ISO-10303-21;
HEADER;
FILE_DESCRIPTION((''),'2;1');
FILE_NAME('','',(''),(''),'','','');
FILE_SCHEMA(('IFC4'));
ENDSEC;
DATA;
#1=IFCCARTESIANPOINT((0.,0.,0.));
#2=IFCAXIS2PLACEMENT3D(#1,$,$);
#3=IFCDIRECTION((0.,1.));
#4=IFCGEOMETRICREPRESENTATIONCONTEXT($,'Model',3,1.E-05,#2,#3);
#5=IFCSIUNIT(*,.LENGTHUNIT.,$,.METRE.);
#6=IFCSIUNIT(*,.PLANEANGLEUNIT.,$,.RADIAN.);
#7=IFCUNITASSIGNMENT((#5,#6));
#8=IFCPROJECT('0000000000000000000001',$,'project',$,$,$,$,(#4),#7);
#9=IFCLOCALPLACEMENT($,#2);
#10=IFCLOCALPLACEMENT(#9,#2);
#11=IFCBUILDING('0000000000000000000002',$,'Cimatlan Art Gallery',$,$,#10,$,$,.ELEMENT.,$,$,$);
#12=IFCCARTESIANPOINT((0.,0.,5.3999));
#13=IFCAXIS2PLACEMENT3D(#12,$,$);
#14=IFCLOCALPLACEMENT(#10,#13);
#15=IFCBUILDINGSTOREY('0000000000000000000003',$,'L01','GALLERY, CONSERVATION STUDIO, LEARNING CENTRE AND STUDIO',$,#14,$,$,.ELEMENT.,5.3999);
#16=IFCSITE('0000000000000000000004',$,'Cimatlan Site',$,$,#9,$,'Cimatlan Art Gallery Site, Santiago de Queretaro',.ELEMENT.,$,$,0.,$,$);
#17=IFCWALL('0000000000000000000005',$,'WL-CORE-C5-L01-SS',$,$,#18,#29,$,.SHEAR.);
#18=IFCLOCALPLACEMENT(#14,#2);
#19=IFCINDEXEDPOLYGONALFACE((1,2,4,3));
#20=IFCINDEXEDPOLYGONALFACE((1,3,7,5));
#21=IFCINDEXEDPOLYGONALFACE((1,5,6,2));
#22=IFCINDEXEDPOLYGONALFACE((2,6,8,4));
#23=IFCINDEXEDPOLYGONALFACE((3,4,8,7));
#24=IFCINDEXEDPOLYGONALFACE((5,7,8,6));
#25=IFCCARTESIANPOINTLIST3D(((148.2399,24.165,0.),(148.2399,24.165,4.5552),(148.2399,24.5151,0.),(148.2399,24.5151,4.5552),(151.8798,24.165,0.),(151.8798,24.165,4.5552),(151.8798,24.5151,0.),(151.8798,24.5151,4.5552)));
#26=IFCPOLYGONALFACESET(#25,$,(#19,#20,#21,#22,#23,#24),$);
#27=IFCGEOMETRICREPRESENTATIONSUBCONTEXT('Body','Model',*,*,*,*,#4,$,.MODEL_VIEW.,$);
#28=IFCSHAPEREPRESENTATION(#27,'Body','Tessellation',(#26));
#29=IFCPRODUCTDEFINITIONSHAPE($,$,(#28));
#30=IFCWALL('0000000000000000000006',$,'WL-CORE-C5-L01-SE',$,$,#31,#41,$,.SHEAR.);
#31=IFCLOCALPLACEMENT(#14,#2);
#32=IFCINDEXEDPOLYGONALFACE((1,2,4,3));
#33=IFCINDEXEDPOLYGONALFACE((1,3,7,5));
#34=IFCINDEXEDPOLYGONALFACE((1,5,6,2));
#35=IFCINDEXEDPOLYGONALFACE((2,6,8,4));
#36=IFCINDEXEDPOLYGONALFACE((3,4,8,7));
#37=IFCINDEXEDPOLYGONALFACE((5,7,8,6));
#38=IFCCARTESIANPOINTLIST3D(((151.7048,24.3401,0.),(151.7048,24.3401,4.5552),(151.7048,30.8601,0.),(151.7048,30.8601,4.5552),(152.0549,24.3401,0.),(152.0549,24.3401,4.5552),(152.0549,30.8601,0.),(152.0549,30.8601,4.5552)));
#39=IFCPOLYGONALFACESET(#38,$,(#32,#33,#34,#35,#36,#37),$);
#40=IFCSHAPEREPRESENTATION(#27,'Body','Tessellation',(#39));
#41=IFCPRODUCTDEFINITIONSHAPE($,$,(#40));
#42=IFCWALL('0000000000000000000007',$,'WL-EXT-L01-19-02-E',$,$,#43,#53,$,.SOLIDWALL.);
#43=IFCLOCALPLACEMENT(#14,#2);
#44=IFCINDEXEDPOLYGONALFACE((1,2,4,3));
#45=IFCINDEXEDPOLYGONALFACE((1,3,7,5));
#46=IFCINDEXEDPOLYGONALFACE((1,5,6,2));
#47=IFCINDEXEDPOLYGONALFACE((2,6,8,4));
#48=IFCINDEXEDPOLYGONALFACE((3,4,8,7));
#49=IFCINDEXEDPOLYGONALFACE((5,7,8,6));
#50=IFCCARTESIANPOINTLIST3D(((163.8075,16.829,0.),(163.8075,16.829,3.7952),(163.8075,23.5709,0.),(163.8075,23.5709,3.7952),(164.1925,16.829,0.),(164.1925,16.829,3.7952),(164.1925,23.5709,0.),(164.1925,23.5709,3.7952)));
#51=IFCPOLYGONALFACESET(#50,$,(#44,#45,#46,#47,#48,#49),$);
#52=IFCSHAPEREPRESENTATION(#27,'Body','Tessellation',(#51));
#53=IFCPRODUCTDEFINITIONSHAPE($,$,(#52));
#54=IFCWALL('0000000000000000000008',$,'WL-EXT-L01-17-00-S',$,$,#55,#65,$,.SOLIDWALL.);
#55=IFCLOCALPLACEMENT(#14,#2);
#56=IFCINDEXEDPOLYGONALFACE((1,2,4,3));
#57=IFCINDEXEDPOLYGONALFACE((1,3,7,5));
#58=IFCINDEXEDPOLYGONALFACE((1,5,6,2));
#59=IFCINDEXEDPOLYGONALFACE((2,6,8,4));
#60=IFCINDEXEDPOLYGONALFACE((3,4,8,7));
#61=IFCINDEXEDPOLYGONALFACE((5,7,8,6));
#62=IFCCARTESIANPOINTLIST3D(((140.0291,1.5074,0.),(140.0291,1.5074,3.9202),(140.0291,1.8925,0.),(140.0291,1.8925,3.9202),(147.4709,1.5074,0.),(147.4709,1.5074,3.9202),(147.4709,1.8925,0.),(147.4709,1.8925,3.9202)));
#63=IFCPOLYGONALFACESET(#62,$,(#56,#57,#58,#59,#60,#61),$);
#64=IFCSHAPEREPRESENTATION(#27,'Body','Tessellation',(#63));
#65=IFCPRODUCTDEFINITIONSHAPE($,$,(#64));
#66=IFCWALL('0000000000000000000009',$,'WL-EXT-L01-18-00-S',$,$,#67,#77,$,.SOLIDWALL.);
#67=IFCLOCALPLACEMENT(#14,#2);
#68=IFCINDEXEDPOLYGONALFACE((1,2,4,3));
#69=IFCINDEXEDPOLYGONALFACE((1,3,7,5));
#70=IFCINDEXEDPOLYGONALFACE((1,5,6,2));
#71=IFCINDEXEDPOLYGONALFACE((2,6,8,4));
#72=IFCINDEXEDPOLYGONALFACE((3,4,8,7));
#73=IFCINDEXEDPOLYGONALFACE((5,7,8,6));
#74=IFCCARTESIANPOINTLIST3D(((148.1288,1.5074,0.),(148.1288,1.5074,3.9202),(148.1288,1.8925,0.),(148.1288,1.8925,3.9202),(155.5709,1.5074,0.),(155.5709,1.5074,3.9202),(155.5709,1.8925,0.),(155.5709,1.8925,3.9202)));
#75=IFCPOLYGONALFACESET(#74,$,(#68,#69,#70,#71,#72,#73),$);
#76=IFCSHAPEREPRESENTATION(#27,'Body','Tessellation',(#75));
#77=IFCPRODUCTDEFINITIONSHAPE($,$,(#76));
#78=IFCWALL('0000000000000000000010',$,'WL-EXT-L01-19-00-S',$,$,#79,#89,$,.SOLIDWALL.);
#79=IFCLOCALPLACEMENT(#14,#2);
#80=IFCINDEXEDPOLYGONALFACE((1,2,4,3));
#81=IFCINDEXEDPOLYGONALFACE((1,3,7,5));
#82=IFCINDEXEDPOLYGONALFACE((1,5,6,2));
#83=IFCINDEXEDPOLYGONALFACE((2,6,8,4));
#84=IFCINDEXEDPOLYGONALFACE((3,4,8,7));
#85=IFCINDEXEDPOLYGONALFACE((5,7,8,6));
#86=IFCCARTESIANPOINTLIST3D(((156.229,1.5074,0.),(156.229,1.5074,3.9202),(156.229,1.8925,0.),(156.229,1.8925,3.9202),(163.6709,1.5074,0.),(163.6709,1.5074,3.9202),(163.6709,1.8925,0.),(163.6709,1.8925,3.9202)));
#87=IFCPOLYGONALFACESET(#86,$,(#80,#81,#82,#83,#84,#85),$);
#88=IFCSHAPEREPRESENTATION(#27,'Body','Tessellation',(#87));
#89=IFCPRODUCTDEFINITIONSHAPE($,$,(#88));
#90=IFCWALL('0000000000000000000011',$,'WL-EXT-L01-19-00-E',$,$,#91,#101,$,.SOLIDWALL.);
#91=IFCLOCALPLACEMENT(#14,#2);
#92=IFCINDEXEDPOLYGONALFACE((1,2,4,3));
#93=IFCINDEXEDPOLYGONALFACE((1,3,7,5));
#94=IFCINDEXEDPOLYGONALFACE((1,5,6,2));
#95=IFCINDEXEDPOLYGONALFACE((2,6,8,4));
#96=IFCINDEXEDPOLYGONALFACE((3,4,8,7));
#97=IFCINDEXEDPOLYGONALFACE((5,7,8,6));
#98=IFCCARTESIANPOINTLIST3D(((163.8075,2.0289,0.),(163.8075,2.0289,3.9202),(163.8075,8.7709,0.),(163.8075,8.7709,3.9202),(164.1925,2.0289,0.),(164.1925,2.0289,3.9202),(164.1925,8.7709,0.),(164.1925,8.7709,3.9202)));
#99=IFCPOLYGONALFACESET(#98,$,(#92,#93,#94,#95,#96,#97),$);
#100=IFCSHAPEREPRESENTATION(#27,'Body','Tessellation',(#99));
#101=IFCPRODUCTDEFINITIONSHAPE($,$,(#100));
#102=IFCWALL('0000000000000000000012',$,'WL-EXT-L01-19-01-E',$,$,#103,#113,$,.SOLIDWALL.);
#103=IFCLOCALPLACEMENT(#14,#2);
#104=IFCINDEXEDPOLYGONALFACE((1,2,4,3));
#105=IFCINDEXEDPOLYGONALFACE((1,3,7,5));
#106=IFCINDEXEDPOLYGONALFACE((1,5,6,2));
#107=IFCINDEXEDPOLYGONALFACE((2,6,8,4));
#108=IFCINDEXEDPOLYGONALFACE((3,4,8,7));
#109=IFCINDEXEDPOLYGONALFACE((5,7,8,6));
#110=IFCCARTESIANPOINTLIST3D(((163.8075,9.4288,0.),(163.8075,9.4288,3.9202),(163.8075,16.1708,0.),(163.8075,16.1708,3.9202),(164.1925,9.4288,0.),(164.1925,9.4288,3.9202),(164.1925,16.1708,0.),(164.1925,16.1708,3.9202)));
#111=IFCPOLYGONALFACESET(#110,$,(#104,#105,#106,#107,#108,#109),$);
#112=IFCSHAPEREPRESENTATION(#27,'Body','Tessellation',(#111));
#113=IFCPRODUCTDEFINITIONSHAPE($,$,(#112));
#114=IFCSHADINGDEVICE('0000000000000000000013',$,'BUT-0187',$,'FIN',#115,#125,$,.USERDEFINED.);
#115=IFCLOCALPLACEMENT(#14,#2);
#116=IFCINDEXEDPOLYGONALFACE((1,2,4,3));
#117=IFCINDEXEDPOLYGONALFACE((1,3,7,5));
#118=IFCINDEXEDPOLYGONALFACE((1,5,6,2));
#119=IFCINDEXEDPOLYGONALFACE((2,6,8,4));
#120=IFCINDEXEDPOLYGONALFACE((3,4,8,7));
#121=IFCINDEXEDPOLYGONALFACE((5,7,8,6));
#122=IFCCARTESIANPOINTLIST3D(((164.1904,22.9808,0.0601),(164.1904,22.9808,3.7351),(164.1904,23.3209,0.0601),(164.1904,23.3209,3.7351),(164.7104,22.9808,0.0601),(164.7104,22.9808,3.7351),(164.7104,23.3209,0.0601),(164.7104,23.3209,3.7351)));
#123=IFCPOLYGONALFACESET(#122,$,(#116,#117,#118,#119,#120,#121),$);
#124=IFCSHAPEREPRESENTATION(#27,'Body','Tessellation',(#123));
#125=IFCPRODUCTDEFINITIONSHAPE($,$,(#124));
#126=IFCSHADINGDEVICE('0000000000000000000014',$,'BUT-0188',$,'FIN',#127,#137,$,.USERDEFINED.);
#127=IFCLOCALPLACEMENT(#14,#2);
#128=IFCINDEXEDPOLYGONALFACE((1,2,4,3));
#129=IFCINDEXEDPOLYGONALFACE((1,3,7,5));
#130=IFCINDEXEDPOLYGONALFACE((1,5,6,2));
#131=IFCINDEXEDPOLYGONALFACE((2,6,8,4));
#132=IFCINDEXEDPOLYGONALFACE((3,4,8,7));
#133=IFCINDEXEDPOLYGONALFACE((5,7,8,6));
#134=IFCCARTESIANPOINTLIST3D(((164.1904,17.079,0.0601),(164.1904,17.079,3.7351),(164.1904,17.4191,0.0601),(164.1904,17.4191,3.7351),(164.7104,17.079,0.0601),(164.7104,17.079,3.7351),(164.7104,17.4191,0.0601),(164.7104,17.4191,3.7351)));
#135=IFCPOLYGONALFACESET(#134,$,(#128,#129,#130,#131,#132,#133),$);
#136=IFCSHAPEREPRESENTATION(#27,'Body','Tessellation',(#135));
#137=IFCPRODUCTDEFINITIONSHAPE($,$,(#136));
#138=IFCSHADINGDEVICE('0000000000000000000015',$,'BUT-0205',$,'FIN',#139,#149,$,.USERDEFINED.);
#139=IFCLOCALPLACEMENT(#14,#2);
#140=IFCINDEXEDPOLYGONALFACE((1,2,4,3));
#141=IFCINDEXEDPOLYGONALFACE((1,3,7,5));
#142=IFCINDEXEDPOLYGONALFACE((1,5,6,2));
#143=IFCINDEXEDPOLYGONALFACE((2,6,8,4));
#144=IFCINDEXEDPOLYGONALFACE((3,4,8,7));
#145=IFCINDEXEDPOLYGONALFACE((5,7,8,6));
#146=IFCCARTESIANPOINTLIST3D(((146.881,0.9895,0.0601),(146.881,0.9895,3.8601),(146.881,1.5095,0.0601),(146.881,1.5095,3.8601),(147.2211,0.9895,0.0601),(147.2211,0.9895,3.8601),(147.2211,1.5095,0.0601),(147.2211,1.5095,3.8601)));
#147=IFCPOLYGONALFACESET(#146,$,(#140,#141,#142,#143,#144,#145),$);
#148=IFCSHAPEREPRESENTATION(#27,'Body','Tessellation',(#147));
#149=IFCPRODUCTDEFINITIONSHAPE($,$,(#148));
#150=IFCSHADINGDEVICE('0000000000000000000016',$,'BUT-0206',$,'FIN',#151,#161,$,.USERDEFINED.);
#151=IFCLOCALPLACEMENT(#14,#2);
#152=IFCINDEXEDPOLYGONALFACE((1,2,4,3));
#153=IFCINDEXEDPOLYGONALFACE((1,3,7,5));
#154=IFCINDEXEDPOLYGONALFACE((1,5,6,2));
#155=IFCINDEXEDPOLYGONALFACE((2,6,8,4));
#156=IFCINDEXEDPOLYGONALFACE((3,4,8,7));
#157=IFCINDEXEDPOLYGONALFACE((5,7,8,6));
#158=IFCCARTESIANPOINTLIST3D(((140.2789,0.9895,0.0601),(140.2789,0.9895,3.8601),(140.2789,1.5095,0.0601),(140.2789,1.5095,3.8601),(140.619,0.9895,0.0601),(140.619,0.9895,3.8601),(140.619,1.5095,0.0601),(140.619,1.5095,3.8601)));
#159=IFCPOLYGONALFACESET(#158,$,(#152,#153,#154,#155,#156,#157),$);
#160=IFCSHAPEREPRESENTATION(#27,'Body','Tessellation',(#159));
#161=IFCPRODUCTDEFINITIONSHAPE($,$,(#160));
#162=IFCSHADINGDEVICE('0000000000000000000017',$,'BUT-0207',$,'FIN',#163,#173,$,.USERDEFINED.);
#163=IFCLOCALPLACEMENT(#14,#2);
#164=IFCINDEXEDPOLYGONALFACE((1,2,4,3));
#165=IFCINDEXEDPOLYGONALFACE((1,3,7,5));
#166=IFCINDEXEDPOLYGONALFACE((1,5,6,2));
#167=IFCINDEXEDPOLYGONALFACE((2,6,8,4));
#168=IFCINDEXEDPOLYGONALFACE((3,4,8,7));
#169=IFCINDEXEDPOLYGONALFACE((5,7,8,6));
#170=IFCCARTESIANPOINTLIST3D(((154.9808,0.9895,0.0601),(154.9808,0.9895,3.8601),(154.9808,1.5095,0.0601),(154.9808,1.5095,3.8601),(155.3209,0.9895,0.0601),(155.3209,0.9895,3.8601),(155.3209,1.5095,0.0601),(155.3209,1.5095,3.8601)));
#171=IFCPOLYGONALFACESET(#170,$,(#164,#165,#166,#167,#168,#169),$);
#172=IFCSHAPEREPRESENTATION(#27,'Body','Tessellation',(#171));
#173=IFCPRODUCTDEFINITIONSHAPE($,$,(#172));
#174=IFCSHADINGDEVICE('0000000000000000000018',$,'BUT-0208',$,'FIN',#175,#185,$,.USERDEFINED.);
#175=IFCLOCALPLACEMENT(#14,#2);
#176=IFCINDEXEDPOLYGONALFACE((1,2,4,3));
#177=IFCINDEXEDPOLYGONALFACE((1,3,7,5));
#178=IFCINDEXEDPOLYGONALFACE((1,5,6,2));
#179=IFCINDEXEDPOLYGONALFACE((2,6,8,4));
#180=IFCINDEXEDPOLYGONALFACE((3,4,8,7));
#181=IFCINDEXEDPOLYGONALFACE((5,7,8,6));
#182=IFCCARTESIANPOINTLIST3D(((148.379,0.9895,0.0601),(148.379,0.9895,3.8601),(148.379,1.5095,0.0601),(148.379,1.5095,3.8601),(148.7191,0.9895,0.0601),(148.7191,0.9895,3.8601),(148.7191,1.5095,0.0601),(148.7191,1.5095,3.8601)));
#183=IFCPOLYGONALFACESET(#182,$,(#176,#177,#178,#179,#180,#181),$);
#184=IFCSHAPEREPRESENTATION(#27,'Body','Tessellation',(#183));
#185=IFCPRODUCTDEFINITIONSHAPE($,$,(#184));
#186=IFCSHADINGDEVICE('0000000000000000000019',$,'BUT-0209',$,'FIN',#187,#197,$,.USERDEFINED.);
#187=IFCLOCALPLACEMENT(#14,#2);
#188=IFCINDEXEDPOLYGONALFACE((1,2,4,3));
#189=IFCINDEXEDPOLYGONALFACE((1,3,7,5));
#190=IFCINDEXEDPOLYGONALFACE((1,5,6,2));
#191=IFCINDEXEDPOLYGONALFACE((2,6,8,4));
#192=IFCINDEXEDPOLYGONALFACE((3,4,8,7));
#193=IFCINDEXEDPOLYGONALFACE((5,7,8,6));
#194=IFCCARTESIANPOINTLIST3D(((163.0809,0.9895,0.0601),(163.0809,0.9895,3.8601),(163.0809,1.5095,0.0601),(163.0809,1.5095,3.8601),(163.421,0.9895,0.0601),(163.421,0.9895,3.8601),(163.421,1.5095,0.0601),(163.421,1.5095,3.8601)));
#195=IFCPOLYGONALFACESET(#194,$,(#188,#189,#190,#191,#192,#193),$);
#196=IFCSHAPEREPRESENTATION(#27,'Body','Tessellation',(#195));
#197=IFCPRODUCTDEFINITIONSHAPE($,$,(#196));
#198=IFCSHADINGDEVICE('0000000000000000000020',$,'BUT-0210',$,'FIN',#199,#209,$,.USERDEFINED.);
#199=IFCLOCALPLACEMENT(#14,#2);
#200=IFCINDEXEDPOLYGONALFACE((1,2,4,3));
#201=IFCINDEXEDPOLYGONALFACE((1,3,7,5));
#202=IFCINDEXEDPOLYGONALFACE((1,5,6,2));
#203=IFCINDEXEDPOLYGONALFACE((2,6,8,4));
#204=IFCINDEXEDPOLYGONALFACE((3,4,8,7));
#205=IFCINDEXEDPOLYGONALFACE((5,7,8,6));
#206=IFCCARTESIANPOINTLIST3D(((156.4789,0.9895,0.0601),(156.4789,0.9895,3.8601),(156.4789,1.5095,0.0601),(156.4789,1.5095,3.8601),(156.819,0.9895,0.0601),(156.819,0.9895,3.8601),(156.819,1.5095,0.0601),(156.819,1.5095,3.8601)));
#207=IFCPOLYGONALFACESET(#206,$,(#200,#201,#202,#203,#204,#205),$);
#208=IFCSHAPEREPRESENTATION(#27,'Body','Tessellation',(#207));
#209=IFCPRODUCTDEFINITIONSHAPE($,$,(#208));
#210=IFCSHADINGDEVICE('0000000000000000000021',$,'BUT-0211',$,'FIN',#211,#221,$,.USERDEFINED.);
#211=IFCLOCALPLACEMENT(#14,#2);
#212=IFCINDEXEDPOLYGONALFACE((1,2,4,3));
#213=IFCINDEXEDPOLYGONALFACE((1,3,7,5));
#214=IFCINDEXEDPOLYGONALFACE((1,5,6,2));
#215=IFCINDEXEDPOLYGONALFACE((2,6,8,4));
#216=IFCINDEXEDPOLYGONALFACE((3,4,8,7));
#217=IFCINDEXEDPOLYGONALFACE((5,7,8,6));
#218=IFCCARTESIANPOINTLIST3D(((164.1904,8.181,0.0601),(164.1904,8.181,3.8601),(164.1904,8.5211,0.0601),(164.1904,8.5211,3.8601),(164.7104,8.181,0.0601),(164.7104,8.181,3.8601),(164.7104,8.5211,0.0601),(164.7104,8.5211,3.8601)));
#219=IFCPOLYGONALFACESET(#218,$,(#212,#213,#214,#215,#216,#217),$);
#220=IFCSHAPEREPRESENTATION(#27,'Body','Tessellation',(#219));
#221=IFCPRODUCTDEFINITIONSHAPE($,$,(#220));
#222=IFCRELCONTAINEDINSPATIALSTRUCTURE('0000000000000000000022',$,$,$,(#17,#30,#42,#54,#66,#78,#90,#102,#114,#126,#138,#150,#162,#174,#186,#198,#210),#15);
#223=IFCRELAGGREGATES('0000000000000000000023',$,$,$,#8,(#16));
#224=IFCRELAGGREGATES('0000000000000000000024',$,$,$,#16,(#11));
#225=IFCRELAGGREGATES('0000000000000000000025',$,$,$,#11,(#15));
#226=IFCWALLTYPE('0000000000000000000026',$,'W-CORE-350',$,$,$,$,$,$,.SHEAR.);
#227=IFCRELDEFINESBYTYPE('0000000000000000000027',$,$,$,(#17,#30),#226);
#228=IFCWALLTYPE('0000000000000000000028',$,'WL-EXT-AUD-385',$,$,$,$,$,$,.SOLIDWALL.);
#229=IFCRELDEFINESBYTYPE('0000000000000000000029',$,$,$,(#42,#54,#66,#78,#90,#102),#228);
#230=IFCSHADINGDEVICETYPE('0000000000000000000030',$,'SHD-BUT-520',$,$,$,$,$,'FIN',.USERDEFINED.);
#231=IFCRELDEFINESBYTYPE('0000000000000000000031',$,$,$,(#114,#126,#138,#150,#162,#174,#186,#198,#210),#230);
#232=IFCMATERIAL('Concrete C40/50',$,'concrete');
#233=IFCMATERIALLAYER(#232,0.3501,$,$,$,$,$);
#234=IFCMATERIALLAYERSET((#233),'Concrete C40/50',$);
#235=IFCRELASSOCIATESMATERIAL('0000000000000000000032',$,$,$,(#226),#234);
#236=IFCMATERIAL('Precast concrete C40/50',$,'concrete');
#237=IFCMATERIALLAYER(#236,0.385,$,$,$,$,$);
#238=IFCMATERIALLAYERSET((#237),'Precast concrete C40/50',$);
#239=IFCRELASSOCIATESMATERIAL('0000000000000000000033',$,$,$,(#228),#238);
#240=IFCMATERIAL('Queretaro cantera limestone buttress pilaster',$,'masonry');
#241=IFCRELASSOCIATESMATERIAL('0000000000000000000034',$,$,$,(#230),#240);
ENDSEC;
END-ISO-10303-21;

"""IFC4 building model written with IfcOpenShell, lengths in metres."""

from ifc_helpers import new_model, si_unit, direction, frame, frame_2d, origin, origin_2d, place, context, subcontext, project, spatial, rectangle, extrude, material, layer, layer_set, type_object, element, save


model = new_model("IFC4")

# Units and contexts
model_context = context("Model", 3, precision=1e-05, world=origin(), true_north=direction((0.0, 1.0)))
body_context = subcontext(model_context, "Body", "Model", "MODEL_VIEW")
ifc_project = project(units=[si_unit("LENGTHUNIT", "METRE"), si_unit("PLANEANGLEUNIT", "RADIAN")], contexts=[model_context])

# Site, building, storey
site_placement = place(None, origin())
site = spatial("IfcSite", under=ifc_project, at=site_placement, Name="Cimatlan Site", LongName="Cimatlan Art Gallery Site, Santiago de Queretaro", CompositionType="ELEMENT", RefElevation=0.0)
building_placement = place(site_placement, origin())
building = spatial("IfcBuilding", under=site, at=building_placement, Name="Cimatlan Art Gallery", CompositionType="ELEMENT")
storey_placement = place(building_placement, frame((0.0, 0.0, 5.3999)))
storey = spatial("IfcBuildingStorey", under=building, at=storey_placement, Name="L01", Description="GALLERY, CONSERVATION STUDIO, LEARNING CENTRE AND STUDIO", CompositionType="ELEMENT", Elevation=5.3999)

# Shared definitions
ifc_material_1 = material(Name="Concrete C40/50", Category="concrete")

# Walls
ifc_layer_1 = layer(ifc_material_1, 0.3501)
ifc_layer_set_1 = layer_set([ifc_layer_1], Name="Concrete C40/50")
wall_type_1 = type_object("IfcWallType", Name="W-CORE-350", PredefinedType="SHEAR", material=ifc_layer_set_1)
wall_1_placement = place(storey_placement, frame((148.24, 24.3401, 0.0), z_axis=(0.0, 0.0, 1.0), x_axis=(1.0, 0.0, 0.0)))
element("IfcWall", 1, at=wall_1_placement, inside=storey, type_object=wall_type_1, Name="WL-CORE-C5-L01-SS", PredefinedType="SHEAR", context=body_context, shape_type="SweptSolid", body=[
    extrude(rectangle(XDim=3.6399, YDim=0.3501, at=frame_2d((1.8198, 0.0))), origin(), (0.0, 0.0, 1.0), 4.5552),
])
wall_2_placement = place(storey_placement, frame((151.8799, 24.3401, 0.0), z_axis=(0.0, 0.0, 1.0), x_axis=(0.0, 1.0, 0.0)))
element("IfcWall", 2, at=wall_2_placement, inside=storey, type_object=wall_type_1, Name="WL-CORE-C5-L01-SE", PredefinedType="SHEAR", context=body_context, shape_type="SweptSolid", body=[
    extrude(rectangle(XDim=6.52, YDim=0.3501, at=frame_2d((3.26, 0.0))), origin(), (0.0, 0.0, 1.0), 4.5552),
])
ifc_material_2 = material(Name="Precast concrete C40/50", Category="concrete")
ifc_layer_2 = layer(ifc_material_2, 0.385)
ifc_layer_set_2 = layer_set([ifc_layer_2], Name="Precast concrete C40/50")
wall_type_2 = type_object("IfcWallType", Name="WL-EXT-AUD-385", PredefinedType="SOLIDWALL", material=ifc_layer_set_2)
wall_3_placement = place(storey_placement, frame((164.0, 23.571, 0.0), z_axis=(0.0, 0.0, 1.0), x_axis=(0.0, -1.0, 0.0)))
element("IfcWall", 3, at=wall_3_placement, inside=storey, type_object=wall_type_2, Name="WL-EXT-L01-19-02-E", PredefinedType="SOLIDWALL", context=body_context, shape_type="SweptSolid", body=[
    extrude(rectangle(XDim=6.7419, YDim=0.385, at=frame_2d((3.3711, 0.0))), origin(), (0.0, 0.0, 1.0), 3.7952),
])
wall_4_placement = place(storey_placement, frame((147.4709, 1.7, 0.0), z_axis=(0.0, 0.0, 1.0), x_axis=(-1.0, 0.0, 0.0)))
element("IfcWall", 4, at=wall_4_placement, inside=storey, type_object=wall_type_2, Name="WL-EXT-L01-17-00-S", PredefinedType="SOLIDWALL", context=body_context, shape_type="SweptSolid", body=[
    extrude(rectangle(XDim=7.4419, YDim=0.385, at=frame_2d((3.7209, 0.0))), origin(), (0.0, 0.0, 1.0), 3.9202),
])
wall_5_placement = place(storey_placement, frame((155.571, 1.7, 0.0), z_axis=(0.0, 0.0, 1.0), x_axis=(-1.0, 0.0, 0.0)))
element("IfcWall", 5, at=wall_5_placement, inside=storey, type_object=wall_type_2, Name="WL-EXT-L01-18-00-S", PredefinedType="SOLIDWALL", context=body_context, shape_type="SweptSolid", body=[
    extrude(rectangle(XDim=7.4421, YDim=0.385, at=frame_2d((3.7212, 0.0))), origin(), (0.0, 0.0, 1.0), 3.9202),
])
wall_6_placement = place(storey_placement, frame((163.6709, 1.7, 0.0), z_axis=(0.0, 0.0, 1.0), x_axis=(-1.0, 0.0, 0.0)))
element("IfcWall", 6, at=wall_6_placement, inside=storey, type_object=wall_type_2, Name="WL-EXT-L01-19-00-S", PredefinedType="SOLIDWALL", context=body_context, shape_type="SweptSolid", body=[
    extrude(rectangle(XDim=7.4419, YDim=0.385, at=frame_2d((3.7209, 0.0))), origin(), (0.0, 0.0, 1.0), 3.9202),
])
for number, where, z_axis, x_axis, name in (
    (7, (164.0, 8.771, 0.0), (0.0, 0.0, 1.0), (0.0, -1.0, 0.0), "WL-EXT-L01-19-00-E"),
    (8, (164.0, 16.1709, 0.0), (0.0, 0.0, 1.0), (0.0, -1.0, 0.0), "WL-EXT-L01-19-01-E"),
):
    element("IfcWall", number, at=place(storey_placement, frame(where, z_axis=z_axis, x_axis=x_axis)), inside=storey, type_object=wall_type_2, Name=name, PredefinedType="SOLIDWALL", context=body_context, shape_type="SweptSolid", body=[
        extrude(rectangle(XDim=6.7419, YDim=0.385, at=frame_2d((3.3711, 0.0))), origin(), (0.0, 0.0, 1.0), 3.9202),
    ])

# Shading devices
ifc_material_3 = material(Name="Queretaro cantera limestone buttress pilaster", Category="masonry")
shading_device_type = type_object("IfcShadingDeviceType", Name="SHD-BUT-520", ElementType="FIN", PredefinedType="USERDEFINED", material=ifc_material_3)
for number, where, z_axis, x_axis, name in (
    (9, (164.4504, 23.1509, 0.0601), (0.0, 0.0, 1.0), (0.0, -1.0, 0.0), "BUT-0187"),
    (10, (164.4504, 17.249, 0.0601), (0.0, 0.0, 1.0), (0.0, -1.0, 0.0), "BUT-0188"),
):
    element("IfcShadingDevice", number, at=place(storey_placement, frame(where, z_axis=z_axis, x_axis=x_axis)), inside=storey, type_object=shading_device_type, Name=name, ObjectType="FIN", PredefinedType="USERDEFINED", context=body_context, shape_type="SweptSolid", body=[
        extrude(rectangle(XDim=0.3401, YDim=0.52, at=origin_2d()), origin(), (0.0, 0.0, 1.0), 3.675),
    ])
for number, where, z_axis, x_axis, name in (
    (11, (147.051, 1.2495, 0.0601), (0.0, 0.0, 1.0), (-1.0, 0.0, 0.0), "BUT-0205"),
    (12, (140.449, 1.2495, 0.0601), (0.0, 0.0, 1.0), (-1.0, 0.0, 0.0), "BUT-0206"),
    (13, (155.1509, 1.2495, 0.0601), (0.0, 0.0, 1.0), (-1.0, 0.0, 0.0), "BUT-0207"),
    (14, (148.5491, 1.2495, 0.0601), (0.0, 0.0, 1.0), (-1.0, 0.0, 0.0), "BUT-0208"),
    (15, (163.251, 1.2495, 0.0601), (0.0, 0.0, 1.0), (-1.0, 0.0, 0.0), "BUT-0209"),
    (16, (156.6489, 1.2495, 0.0601), (0.0, 0.0, 1.0), (-1.0, 0.0, 0.0), "BUT-0210"),
    (17, (164.4504, 8.3511, 0.0601), (0.0, 0.0, 1.0), (0.0, -1.0, 0.0), "BUT-0211"),
):
    element("IfcShadingDevice", number, at=place(storey_placement, frame(where, z_axis=z_axis, x_axis=x_axis)), inside=storey, type_object=shading_device_type, Name=name, ObjectType="FIN", PredefinedType="USERDEFINED", context=body_context, shape_type="SweptSolid", body=[
        extrude(rectangle(XDim=0.3401, YDim=0.52, at=origin_2d()), origin(), (0.0, 0.0, 1.0), 3.8),
    ])

save(model, "model.ifc")
